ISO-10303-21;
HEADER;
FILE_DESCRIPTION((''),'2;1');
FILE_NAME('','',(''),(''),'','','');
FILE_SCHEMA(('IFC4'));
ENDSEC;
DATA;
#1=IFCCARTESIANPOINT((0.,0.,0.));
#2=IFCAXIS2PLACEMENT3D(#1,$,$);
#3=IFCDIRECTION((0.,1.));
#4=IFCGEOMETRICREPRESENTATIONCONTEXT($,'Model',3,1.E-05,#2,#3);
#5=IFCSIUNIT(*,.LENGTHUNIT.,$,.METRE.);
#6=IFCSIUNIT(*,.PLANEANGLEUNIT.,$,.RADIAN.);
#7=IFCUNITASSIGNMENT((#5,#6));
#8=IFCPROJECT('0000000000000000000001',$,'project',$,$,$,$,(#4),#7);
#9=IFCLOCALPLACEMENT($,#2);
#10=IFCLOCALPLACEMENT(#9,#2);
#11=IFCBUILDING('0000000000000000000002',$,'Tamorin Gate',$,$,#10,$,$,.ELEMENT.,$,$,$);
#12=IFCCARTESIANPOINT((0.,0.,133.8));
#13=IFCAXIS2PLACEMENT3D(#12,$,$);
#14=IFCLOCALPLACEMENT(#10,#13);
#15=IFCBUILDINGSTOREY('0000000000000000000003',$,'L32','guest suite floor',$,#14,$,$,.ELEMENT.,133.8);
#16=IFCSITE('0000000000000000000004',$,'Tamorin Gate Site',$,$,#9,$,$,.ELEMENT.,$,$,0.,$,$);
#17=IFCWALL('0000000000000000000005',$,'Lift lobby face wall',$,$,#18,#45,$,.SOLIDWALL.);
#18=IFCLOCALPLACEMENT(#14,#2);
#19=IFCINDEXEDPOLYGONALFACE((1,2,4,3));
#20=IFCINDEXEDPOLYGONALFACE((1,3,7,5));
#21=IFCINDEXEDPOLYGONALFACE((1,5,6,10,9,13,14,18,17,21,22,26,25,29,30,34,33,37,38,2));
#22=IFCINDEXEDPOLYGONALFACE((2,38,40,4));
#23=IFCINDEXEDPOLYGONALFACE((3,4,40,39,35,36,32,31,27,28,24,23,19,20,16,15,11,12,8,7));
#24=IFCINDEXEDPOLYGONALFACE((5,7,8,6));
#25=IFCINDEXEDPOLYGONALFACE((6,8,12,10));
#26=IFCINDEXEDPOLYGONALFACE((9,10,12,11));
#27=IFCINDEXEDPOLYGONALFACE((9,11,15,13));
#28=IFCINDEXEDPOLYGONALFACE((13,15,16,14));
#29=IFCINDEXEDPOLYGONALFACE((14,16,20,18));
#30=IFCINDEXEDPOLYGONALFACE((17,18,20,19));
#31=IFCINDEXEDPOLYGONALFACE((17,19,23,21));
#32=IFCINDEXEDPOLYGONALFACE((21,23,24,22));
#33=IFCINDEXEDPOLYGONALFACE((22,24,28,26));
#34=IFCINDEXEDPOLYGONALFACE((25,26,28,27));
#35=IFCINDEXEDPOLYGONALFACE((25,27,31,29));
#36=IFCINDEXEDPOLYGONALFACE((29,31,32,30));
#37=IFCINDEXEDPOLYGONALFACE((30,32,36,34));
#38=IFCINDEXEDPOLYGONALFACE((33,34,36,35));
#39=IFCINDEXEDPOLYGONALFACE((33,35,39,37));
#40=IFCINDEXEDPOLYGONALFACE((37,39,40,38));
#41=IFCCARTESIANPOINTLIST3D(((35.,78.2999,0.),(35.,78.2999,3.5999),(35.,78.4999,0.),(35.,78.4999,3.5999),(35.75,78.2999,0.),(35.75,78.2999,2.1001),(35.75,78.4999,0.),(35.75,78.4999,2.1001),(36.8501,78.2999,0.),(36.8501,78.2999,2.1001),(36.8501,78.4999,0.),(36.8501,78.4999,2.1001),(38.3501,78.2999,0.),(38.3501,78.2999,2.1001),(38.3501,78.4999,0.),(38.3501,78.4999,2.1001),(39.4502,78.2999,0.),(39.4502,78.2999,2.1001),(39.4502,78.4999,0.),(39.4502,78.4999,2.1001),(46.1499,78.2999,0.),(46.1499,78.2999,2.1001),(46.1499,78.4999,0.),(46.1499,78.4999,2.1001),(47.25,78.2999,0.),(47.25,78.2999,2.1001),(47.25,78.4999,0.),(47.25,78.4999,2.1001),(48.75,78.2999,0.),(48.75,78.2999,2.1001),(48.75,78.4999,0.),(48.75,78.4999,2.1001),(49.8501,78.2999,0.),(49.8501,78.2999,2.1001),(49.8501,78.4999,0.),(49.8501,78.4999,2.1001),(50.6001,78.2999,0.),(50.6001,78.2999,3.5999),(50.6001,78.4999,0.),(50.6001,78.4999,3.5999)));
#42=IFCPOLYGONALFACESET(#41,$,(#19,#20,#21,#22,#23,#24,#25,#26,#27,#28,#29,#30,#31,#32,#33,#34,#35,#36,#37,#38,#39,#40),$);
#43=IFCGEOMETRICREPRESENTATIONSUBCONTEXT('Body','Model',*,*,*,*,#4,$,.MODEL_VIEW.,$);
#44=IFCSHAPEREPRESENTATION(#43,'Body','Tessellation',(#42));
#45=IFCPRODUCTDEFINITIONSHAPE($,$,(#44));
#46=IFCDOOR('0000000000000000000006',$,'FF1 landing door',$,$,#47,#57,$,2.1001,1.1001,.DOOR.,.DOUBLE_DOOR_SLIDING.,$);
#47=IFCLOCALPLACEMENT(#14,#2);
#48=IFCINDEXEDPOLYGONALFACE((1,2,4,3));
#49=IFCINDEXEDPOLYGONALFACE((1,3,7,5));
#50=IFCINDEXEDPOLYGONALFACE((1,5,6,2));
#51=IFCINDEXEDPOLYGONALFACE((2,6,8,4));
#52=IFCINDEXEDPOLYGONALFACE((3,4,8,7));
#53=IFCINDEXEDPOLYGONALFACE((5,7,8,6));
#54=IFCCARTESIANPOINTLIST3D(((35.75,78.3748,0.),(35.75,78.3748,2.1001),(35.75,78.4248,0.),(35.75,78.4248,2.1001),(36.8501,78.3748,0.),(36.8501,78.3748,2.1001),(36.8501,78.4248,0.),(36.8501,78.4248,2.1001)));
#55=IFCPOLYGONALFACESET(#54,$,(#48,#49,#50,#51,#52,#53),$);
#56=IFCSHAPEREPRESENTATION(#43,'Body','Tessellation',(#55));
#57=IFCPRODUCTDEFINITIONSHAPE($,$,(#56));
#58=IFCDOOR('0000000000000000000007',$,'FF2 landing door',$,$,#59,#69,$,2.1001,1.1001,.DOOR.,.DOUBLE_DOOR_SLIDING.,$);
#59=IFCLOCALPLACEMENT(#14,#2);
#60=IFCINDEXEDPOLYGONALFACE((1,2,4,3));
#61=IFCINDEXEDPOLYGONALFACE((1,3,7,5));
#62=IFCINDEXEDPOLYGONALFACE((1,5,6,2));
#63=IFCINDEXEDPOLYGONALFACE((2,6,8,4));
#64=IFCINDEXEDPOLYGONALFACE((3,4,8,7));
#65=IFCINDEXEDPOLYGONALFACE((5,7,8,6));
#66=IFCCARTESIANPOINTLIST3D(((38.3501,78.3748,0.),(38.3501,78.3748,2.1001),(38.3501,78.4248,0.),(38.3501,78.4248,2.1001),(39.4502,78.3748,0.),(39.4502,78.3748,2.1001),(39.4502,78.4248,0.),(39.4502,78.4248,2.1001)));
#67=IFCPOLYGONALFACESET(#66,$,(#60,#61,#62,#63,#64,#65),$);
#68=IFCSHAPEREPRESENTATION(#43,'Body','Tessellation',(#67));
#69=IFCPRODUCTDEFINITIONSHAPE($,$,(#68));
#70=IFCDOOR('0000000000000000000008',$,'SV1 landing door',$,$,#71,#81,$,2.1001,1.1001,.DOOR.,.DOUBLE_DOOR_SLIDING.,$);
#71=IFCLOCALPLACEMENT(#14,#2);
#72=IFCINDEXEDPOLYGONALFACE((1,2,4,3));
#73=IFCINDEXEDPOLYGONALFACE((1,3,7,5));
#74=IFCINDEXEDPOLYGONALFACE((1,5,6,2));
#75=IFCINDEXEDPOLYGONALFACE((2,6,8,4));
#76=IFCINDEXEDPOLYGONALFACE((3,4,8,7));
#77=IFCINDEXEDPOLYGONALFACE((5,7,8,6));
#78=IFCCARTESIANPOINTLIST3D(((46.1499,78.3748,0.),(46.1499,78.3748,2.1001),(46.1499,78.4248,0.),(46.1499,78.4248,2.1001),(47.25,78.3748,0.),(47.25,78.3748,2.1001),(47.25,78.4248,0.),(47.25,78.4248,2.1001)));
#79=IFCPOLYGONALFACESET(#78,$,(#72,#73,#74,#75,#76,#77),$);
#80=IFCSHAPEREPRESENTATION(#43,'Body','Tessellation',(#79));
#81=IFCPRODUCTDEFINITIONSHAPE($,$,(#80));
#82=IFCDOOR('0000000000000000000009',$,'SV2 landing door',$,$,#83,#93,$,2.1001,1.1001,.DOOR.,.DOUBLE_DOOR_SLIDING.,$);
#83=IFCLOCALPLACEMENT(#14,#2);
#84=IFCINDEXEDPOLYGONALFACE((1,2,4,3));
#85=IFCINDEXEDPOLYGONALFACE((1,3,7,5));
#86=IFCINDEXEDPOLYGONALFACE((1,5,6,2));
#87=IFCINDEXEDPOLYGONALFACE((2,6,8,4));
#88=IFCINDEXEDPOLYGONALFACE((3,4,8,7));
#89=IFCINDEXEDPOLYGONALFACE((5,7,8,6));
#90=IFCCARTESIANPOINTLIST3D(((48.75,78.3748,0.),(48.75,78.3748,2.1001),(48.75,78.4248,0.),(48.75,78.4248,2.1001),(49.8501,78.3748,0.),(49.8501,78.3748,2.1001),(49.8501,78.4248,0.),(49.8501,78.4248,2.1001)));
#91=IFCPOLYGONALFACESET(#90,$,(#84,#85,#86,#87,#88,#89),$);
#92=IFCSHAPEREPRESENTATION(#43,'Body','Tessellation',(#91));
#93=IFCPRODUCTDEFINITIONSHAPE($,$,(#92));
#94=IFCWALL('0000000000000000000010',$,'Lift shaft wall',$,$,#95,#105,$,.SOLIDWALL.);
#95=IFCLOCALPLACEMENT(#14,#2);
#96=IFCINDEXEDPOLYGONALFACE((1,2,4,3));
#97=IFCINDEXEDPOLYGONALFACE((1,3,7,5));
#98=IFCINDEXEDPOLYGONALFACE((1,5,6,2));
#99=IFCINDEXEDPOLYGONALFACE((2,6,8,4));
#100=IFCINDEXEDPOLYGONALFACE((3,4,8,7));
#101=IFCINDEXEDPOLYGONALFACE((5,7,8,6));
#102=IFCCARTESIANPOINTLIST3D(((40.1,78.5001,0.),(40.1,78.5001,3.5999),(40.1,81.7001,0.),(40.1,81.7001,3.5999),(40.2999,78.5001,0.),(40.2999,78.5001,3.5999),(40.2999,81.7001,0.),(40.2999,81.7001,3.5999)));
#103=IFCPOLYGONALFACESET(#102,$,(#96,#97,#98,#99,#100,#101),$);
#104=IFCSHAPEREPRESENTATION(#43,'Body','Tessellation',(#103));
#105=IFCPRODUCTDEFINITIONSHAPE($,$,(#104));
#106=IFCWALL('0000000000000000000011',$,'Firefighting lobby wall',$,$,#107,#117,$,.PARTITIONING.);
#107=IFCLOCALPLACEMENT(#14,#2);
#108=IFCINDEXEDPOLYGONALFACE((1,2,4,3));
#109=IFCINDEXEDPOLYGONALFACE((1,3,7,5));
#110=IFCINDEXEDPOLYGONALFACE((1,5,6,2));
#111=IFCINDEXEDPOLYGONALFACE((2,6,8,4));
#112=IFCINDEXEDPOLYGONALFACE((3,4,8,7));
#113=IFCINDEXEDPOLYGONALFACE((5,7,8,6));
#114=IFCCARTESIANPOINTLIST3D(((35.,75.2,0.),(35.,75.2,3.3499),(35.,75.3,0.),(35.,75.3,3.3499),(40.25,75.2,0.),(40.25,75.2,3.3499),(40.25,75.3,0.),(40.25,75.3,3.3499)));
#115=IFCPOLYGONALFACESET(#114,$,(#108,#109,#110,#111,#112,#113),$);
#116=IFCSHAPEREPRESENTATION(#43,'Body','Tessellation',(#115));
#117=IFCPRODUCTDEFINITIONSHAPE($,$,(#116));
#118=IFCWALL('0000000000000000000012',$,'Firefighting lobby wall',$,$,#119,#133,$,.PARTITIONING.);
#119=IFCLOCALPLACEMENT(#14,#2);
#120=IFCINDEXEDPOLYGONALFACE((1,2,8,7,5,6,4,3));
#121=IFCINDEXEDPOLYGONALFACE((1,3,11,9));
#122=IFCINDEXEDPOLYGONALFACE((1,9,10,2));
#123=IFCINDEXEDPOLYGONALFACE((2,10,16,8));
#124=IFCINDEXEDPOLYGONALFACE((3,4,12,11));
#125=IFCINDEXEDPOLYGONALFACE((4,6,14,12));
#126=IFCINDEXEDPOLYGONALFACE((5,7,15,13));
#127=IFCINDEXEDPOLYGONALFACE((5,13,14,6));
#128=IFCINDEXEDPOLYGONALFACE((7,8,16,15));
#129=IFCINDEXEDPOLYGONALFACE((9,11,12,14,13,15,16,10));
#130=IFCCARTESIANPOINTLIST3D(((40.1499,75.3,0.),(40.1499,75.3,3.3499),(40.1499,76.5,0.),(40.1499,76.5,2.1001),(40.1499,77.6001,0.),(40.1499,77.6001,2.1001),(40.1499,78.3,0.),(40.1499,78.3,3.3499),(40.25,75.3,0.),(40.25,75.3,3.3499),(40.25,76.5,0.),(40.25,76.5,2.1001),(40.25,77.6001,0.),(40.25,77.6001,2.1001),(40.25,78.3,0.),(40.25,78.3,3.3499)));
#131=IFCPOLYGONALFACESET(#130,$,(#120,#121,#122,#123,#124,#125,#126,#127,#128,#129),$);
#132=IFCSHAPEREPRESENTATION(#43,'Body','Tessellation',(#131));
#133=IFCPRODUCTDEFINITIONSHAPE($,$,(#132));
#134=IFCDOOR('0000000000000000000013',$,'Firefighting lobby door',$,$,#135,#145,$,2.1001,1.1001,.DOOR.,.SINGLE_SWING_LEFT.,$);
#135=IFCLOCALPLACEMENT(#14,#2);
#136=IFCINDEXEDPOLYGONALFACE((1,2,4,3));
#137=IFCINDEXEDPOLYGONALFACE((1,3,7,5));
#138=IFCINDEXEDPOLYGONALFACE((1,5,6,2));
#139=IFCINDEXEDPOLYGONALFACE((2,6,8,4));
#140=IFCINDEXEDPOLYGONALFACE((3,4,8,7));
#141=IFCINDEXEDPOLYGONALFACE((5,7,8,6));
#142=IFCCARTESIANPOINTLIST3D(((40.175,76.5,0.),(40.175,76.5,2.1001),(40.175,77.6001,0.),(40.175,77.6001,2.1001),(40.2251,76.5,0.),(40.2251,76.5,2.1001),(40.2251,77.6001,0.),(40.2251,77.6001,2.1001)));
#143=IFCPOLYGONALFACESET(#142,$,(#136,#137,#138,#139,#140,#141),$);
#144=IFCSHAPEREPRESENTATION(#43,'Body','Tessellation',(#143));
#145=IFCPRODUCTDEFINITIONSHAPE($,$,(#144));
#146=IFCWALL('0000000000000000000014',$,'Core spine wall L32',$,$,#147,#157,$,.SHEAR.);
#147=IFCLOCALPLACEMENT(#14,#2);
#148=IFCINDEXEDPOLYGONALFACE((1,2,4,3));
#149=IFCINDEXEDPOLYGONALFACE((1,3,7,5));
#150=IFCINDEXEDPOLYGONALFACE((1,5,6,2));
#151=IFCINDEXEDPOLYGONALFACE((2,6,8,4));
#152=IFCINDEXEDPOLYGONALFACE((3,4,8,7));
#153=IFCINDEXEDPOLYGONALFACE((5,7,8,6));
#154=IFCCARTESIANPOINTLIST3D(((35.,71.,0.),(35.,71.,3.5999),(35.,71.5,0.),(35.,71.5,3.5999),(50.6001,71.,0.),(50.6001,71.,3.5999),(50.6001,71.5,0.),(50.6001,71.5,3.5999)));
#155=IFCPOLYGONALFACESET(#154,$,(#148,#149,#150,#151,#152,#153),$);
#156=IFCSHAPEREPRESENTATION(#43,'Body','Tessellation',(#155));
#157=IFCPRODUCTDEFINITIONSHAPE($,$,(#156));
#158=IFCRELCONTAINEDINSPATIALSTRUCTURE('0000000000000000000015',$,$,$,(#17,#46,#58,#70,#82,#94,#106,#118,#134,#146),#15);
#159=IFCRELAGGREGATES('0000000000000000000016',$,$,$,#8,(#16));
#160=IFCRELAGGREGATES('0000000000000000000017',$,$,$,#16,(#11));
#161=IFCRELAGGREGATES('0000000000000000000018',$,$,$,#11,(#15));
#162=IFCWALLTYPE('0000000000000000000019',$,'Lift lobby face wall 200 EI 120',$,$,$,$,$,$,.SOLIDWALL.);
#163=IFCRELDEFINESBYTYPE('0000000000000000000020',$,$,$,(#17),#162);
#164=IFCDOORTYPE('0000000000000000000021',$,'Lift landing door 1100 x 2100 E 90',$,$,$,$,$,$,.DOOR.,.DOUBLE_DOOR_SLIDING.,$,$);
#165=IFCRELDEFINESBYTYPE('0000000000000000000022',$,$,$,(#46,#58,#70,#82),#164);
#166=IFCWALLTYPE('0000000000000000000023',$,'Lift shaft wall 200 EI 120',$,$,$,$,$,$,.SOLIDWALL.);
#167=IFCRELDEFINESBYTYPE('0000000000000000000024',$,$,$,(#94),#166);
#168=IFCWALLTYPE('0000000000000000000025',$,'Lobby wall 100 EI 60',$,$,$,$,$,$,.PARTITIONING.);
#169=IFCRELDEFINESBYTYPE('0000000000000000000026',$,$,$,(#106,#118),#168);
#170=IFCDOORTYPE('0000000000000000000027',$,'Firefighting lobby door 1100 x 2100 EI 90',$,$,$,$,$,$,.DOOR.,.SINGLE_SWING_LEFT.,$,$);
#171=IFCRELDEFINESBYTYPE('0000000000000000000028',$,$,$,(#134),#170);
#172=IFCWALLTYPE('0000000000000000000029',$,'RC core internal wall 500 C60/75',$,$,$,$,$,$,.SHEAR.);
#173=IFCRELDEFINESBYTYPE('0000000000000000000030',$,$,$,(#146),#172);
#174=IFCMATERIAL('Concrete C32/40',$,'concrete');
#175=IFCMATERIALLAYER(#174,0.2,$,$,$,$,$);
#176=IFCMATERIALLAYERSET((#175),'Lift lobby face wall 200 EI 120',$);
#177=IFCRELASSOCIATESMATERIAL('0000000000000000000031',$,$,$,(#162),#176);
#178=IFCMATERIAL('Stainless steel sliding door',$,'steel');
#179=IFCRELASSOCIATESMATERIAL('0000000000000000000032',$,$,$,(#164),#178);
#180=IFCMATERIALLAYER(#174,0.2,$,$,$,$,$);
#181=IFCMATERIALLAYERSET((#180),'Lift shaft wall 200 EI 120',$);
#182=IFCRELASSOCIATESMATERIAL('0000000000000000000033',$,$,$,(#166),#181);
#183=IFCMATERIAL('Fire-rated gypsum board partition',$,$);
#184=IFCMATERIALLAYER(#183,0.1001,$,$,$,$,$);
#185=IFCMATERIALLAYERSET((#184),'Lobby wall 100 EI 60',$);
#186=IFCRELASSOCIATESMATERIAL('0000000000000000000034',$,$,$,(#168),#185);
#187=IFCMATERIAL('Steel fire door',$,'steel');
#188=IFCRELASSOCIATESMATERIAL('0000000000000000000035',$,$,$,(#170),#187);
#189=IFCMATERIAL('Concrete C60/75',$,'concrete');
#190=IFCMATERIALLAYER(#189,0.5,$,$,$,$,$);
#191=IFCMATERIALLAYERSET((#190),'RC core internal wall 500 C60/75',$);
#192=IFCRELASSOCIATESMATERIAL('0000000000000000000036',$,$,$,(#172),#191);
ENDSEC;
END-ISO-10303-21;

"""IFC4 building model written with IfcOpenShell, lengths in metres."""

from ifc_helpers import new_model, si_unit, direction, frame, frame_2d, origin, place, context, subcontext, project, spatial, rectangle, extrude, material, layer, layer_set, type_object, element, fill, save


model = new_model("IFC4")

# Units and contexts
model_context = context("Model", 3, precision=1e-05, world=origin(), true_north=direction((0.0, 1.0)))
body_context = subcontext(model_context, "Body", "Model", "MODEL_VIEW")
ifc_project = project(units=[si_unit("LENGTHUNIT", "METRE"), si_unit("PLANEANGLEUNIT", "RADIAN")], contexts=[model_context])

# Site, building, storey
site_placement = place(None, origin())
site = spatial("IfcSite", under=ifc_project, at=site_placement, Name="Tamorin Gate Site", CompositionType="ELEMENT", RefElevation=0.0)
building_placement = place(site_placement, origin())
building = spatial("IfcBuilding", under=site, at=building_placement, Name="Tamorin Gate", CompositionType="ELEMENT")
storey_placement = place(building_placement, frame((0.0, 0.0, 133.8)))
storey = spatial("IfcBuildingStorey", under=building, at=storey_placement, Name="L32", Description="guest suite floor", CompositionType="ELEMENT", Elevation=133.8)

# Wall, openings, doors
ifc_material_1 = material(Name="Concrete C32/40", Category="concrete")
ifc_layer_1 = layer(ifc_material_1, 0.2)
ifc_layer_set_1 = layer_set([ifc_layer_1], Name="Lift lobby face wall 200 EI 120")
wall_type_1 = type_object("IfcWallType", Name="Lift lobby face wall 200 EI 120", PredefinedType="SOLIDWALL", material=ifc_layer_set_1)
ifc_material_2 = material(Name="Stainless steel sliding door", Category="steel")
door_type_1 = type_object("IfcDoorType", Name="Lift landing door 1100 x 2100 E 90", OperationType="DOUBLE_DOOR_SLIDING", PredefinedType="DOOR", material=ifc_material_2)
wall_1_placement = place(storey_placement, frame((35.0, 78.3999, 0.0), z_axis=(0.0, 0.0, 1.0), x_axis=(1.0, 0.0, 0.0)))
wall_1 = element("IfcWall", 1, at=wall_1_placement, inside=storey, type_object=wall_type_1, Name="Lift lobby face wall", PredefinedType="SOLIDWALL", context=body_context, shape_type="SweptSolid", body=[
    extrude(rectangle(XDim=15.6001, YDim=0.2, at=frame_2d((7.8, 0.0))), origin(), (0.0, 0.0, 1.0), 3.5999),
])
opening_1_placement = place(wall_1_placement, frame((0.75, 0.0, 0.0)))
opening_1 = element("IfcOpeningElement", 2, at=opening_1_placement, cuts=wall_1, PredefinedType="OPENING", context=body_context, shape_type="SweptSolid", body=[
    extrude(rectangle(XDim=1.1001, YDim=2.1001, at=frame_2d((0.55, 1.05))), frame((0.0, 0.1099, 0.0), z_axis=(0.0, -1.0, 0.0), x_axis=(1.0, 0.0, 0.0)), (0.0, 0.0, 1.0), 0.22),
])
opening_2_placement = place(wall_1_placement, frame((3.3501, 0.0, 0.0)))
opening_2 = element("IfcOpeningElement", 3, at=opening_2_placement, cuts=wall_1, PredefinedType="OPENING", context=body_context, shape_type="SweptSolid", body=[
    extrude(rectangle(XDim=1.1001, YDim=2.1001, at=frame_2d((0.55, 1.05))), frame((0.0, 0.1099, 0.0), z_axis=(0.0, -1.0, 0.0), x_axis=(1.0, 0.0, 0.0)), (0.0, 0.0, 1.0), 0.22),
])
opening_3_placement = place(wall_1_placement, frame((11.1499, 0.0, 0.0)))
opening_3 = element("IfcOpeningElement", 4, at=opening_3_placement, cuts=wall_1, PredefinedType="OPENING", context=body_context, shape_type="SweptSolid", body=[
    extrude(rectangle(XDim=1.1001, YDim=2.1001, at=frame_2d((0.55, 1.05))), frame((0.0, 0.1099, 0.0), z_axis=(0.0, -1.0, 0.0), x_axis=(1.0, 0.0, 0.0)), (0.0, 0.0, 1.0), 0.22),
])
opening_4_placement = place(wall_1_placement, frame((13.75, 0.0, 0.0)))
opening_4 = element("IfcOpeningElement", 5, at=opening_4_placement, cuts=wall_1, PredefinedType="OPENING", context=body_context, shape_type="SweptSolid", body=[
    extrude(rectangle(XDim=1.1001, YDim=2.1001, at=frame_2d((0.55, 1.05))), frame((0.0, 0.1099, 0.0), z_axis=(0.0, -1.0, 0.0), x_axis=(1.0, 0.0, 0.0)), (0.0, 0.0, 1.0), 0.22),
])
door_1_placement = place(opening_1_placement, origin())
door_1 = element("IfcDoor", 6, at=door_1_placement, inside=storey, type_object=door_type_1, Name="FF1 landing door", OperationType="DOUBLE_DOOR_SLIDING", OverallHeight=2.1001, OverallWidth=1.1001, PredefinedType="DOOR", context=body_context, shape_type="SweptSolid", body=[
    extrude(rectangle(XDim=1.1001, YDim=2.1001, at=frame_2d((0.55, 1.05))), frame((0.0, 0.0249, 0.0), z_axis=(0.0, -1.0, 0.0), x_axis=(1.0, 0.0, 0.0)), (0.0, 0.0, 1.0), 0.05),
])
fill(opening_1, door_1)
door_2_placement = place(opening_2_placement, origin())
door_2 = element("IfcDoor", 7, at=door_2_placement, inside=storey, type_object=door_type_1, Name="FF2 landing door", OperationType="DOUBLE_DOOR_SLIDING", OverallHeight=2.1001, OverallWidth=1.1001, PredefinedType="DOOR", context=body_context, shape_type="SweptSolid", body=[
    extrude(rectangle(XDim=1.1001, YDim=2.1001, at=frame_2d((0.55, 1.05))), frame((0.0, 0.0249, 0.0), z_axis=(0.0, -1.0, 0.0), x_axis=(1.0, 0.0, 0.0)), (0.0, 0.0, 1.0), 0.05),
])
fill(opening_2, door_2)
door_3_placement = place(opening_3_placement, origin())
door_3 = element("IfcDoor", 8, at=door_3_placement, inside=storey, type_object=door_type_1, Name="SV1 landing door", OperationType="DOUBLE_DOOR_SLIDING", OverallHeight=2.1001, OverallWidth=1.1001, PredefinedType="DOOR", context=body_context, shape_type="SweptSolid", body=[
    extrude(rectangle(XDim=1.1001, YDim=2.1001, at=frame_2d((0.55, 1.05))), frame((0.0, 0.0249, 0.0), z_axis=(0.0, -1.0, 0.0), x_axis=(1.0, 0.0, 0.0)), (0.0, 0.0, 1.0), 0.05),
])
fill(opening_3, door_3)
door_4_placement = place(opening_4_placement, origin())
door_4 = element("IfcDoor", 9, at=door_4_placement, inside=storey, type_object=door_type_1, Name="SV2 landing door", OperationType="DOUBLE_DOOR_SLIDING", OverallHeight=2.1001, OverallWidth=1.1001, PredefinedType="DOOR", context=body_context, shape_type="SweptSolid", body=[
    extrude(rectangle(XDim=1.1001, YDim=2.1001, at=frame_2d((0.55, 1.05))), frame((0.0, 0.0249, 0.0), z_axis=(0.0, -1.0, 0.0), x_axis=(1.0, 0.0, 0.0)), (0.0, 0.0, 1.0), 0.05),
])
fill(opening_4, door_4)

# Walls
ifc_layer_2 = layer(ifc_material_1, 0.2)
ifc_layer_set_2 = layer_set([ifc_layer_2], Name="Lift shaft wall 200 EI 120")
wall_type_2 = type_object("IfcWallType", Name="Lift shaft wall 200 EI 120", PredefinedType="SOLIDWALL", material=ifc_layer_set_2)
wall_2_placement = place(storey_placement, frame((40.2, 78.5, 0.0), z_axis=(0.0, 0.0, 1.0), x_axis=(0.0, 1.0, 0.0)))
element("IfcWall", 10, at=wall_2_placement, inside=storey, type_object=wall_type_2, Name="Lift shaft wall", PredefinedType="SOLIDWALL", context=body_context, shape_type="SweptSolid", body=[
    extrude(rectangle(XDim=3.2, YDim=0.2, at=frame_2d((1.6001, 0.0))), origin(), (0.0, 0.0, 1.0), 3.5999),
])
ifc_material_3 = material(Name="Fire-rated gypsum board partition")
ifc_layer_3 = layer(ifc_material_3, 0.1001)
ifc_layer_set_3 = layer_set([ifc_layer_3], Name="Lobby wall 100 EI 60")
wall_type_3 = type_object("IfcWallType", Name="Lobby wall 100 EI 60", PredefinedType="PARTITIONING", material=ifc_layer_set_3)
wall_3_placement = place(storey_placement, frame((35.0, 75.25, 0.0), z_axis=(0.0, 0.0, 1.0), x_axis=(1.0, 0.0, 0.0)))
element("IfcWall", 11, at=wall_3_placement, inside=storey, type_object=wall_type_3, Name="Firefighting lobby wall", PredefinedType="PARTITIONING", context=body_context, shape_type="SweptSolid", body=[
    extrude(rectangle(XDim=5.25, YDim=0.1001, at=frame_2d((2.625, 0.0))), origin(), (0.0, 0.0, 1.0), 3.3499),
])

# Wall, opening, door
wall_4_placement = place(storey_placement, frame((40.2, 75.3, 0.0), z_axis=(0.0, 0.0, 1.0), x_axis=(0.0, 1.0, 0.0)))
wall_4 = element("IfcWall", 12, at=wall_4_placement, inside=storey, type_object=wall_type_3, Name="Firefighting lobby wall", PredefinedType="PARTITIONING", context=body_context, shape_type="SweptSolid", body=[
    extrude(rectangle(XDim=3.0, YDim=0.1001, at=frame_2d((1.5, 0.0))), origin(), (0.0, 0.0, 1.0), 3.3499),
])
opening_5_placement = place(wall_4_placement, frame((1.2, 0.0, 0.0)))
opening_5 = element("IfcOpeningElement", 13, at=opening_5_placement, cuts=wall_4, PredefinedType="OPENING", context=body_context, shape_type="SweptSolid", body=[
    extrude(rectangle(XDim=1.1001, YDim=2.1001, at=frame_2d((0.55, 1.05))), frame((0.0, 0.0601, 0.0), z_axis=(0.0, -1.0, 0.0), x_axis=(1.0, 0.0, 0.0)), (0.0, 0.0, 1.0), 0.1201),
])
ifc_material_4 = material(Name="Steel fire door", Category="steel")
door_type_2 = type_object("IfcDoorType", Name="Firefighting lobby door 1100 x 2100 EI 90", OperationType="SINGLE_SWING_LEFT", PredefinedType="DOOR", material=ifc_material_4)
door_5_placement = place(opening_5_placement, origin())
door_5 = element("IfcDoor", 14, at=door_5_placement, inside=storey, type_object=door_type_2, Name="Firefighting lobby door", OperationType="SINGLE_SWING_LEFT", OverallHeight=2.1001, OverallWidth=1.1001, PredefinedType="DOOR", context=body_context, shape_type="SweptSolid", body=[
    extrude(rectangle(XDim=1.1001, YDim=2.1001, at=frame_2d((0.55, 1.05))), frame((0.0, 0.0249, 0.0), z_axis=(0.0, -1.0, 0.0), x_axis=(1.0, 0.0, 0.0)), (0.0, 0.0, 1.0), 0.05),
])
fill(opening_5, door_5)

# Wall
ifc_material_5 = material(Name="Concrete C60/75", Category="concrete")
ifc_layer_4 = layer(ifc_material_5, 0.5)
ifc_layer_set_4 = layer_set([ifc_layer_4], Name="RC core internal wall 500 C60/75")
wall_type_4 = type_object("IfcWallType", Name="RC core internal wall 500 C60/75", PredefinedType="SHEAR", material=ifc_layer_set_4)
wall_5_placement = place(storey_placement, frame((35.0, 71.25, 0.0), z_axis=(0.0, 0.0, 1.0), x_axis=(1.0, 0.0, 0.0)))
element("IfcWall", 15, at=wall_5_placement, inside=storey, type_object=wall_type_4, Name="Core spine wall L32", PredefinedType="SHEAR", context=body_context, shape_type="SweptSolid", body=[
    extrude(rectangle(XDim=15.6001, YDim=0.5, at=frame_2d((7.8, 0.0))), origin(), (0.0, 0.0, 1.0), 3.5999),
])

save(model, "model.ifc")
